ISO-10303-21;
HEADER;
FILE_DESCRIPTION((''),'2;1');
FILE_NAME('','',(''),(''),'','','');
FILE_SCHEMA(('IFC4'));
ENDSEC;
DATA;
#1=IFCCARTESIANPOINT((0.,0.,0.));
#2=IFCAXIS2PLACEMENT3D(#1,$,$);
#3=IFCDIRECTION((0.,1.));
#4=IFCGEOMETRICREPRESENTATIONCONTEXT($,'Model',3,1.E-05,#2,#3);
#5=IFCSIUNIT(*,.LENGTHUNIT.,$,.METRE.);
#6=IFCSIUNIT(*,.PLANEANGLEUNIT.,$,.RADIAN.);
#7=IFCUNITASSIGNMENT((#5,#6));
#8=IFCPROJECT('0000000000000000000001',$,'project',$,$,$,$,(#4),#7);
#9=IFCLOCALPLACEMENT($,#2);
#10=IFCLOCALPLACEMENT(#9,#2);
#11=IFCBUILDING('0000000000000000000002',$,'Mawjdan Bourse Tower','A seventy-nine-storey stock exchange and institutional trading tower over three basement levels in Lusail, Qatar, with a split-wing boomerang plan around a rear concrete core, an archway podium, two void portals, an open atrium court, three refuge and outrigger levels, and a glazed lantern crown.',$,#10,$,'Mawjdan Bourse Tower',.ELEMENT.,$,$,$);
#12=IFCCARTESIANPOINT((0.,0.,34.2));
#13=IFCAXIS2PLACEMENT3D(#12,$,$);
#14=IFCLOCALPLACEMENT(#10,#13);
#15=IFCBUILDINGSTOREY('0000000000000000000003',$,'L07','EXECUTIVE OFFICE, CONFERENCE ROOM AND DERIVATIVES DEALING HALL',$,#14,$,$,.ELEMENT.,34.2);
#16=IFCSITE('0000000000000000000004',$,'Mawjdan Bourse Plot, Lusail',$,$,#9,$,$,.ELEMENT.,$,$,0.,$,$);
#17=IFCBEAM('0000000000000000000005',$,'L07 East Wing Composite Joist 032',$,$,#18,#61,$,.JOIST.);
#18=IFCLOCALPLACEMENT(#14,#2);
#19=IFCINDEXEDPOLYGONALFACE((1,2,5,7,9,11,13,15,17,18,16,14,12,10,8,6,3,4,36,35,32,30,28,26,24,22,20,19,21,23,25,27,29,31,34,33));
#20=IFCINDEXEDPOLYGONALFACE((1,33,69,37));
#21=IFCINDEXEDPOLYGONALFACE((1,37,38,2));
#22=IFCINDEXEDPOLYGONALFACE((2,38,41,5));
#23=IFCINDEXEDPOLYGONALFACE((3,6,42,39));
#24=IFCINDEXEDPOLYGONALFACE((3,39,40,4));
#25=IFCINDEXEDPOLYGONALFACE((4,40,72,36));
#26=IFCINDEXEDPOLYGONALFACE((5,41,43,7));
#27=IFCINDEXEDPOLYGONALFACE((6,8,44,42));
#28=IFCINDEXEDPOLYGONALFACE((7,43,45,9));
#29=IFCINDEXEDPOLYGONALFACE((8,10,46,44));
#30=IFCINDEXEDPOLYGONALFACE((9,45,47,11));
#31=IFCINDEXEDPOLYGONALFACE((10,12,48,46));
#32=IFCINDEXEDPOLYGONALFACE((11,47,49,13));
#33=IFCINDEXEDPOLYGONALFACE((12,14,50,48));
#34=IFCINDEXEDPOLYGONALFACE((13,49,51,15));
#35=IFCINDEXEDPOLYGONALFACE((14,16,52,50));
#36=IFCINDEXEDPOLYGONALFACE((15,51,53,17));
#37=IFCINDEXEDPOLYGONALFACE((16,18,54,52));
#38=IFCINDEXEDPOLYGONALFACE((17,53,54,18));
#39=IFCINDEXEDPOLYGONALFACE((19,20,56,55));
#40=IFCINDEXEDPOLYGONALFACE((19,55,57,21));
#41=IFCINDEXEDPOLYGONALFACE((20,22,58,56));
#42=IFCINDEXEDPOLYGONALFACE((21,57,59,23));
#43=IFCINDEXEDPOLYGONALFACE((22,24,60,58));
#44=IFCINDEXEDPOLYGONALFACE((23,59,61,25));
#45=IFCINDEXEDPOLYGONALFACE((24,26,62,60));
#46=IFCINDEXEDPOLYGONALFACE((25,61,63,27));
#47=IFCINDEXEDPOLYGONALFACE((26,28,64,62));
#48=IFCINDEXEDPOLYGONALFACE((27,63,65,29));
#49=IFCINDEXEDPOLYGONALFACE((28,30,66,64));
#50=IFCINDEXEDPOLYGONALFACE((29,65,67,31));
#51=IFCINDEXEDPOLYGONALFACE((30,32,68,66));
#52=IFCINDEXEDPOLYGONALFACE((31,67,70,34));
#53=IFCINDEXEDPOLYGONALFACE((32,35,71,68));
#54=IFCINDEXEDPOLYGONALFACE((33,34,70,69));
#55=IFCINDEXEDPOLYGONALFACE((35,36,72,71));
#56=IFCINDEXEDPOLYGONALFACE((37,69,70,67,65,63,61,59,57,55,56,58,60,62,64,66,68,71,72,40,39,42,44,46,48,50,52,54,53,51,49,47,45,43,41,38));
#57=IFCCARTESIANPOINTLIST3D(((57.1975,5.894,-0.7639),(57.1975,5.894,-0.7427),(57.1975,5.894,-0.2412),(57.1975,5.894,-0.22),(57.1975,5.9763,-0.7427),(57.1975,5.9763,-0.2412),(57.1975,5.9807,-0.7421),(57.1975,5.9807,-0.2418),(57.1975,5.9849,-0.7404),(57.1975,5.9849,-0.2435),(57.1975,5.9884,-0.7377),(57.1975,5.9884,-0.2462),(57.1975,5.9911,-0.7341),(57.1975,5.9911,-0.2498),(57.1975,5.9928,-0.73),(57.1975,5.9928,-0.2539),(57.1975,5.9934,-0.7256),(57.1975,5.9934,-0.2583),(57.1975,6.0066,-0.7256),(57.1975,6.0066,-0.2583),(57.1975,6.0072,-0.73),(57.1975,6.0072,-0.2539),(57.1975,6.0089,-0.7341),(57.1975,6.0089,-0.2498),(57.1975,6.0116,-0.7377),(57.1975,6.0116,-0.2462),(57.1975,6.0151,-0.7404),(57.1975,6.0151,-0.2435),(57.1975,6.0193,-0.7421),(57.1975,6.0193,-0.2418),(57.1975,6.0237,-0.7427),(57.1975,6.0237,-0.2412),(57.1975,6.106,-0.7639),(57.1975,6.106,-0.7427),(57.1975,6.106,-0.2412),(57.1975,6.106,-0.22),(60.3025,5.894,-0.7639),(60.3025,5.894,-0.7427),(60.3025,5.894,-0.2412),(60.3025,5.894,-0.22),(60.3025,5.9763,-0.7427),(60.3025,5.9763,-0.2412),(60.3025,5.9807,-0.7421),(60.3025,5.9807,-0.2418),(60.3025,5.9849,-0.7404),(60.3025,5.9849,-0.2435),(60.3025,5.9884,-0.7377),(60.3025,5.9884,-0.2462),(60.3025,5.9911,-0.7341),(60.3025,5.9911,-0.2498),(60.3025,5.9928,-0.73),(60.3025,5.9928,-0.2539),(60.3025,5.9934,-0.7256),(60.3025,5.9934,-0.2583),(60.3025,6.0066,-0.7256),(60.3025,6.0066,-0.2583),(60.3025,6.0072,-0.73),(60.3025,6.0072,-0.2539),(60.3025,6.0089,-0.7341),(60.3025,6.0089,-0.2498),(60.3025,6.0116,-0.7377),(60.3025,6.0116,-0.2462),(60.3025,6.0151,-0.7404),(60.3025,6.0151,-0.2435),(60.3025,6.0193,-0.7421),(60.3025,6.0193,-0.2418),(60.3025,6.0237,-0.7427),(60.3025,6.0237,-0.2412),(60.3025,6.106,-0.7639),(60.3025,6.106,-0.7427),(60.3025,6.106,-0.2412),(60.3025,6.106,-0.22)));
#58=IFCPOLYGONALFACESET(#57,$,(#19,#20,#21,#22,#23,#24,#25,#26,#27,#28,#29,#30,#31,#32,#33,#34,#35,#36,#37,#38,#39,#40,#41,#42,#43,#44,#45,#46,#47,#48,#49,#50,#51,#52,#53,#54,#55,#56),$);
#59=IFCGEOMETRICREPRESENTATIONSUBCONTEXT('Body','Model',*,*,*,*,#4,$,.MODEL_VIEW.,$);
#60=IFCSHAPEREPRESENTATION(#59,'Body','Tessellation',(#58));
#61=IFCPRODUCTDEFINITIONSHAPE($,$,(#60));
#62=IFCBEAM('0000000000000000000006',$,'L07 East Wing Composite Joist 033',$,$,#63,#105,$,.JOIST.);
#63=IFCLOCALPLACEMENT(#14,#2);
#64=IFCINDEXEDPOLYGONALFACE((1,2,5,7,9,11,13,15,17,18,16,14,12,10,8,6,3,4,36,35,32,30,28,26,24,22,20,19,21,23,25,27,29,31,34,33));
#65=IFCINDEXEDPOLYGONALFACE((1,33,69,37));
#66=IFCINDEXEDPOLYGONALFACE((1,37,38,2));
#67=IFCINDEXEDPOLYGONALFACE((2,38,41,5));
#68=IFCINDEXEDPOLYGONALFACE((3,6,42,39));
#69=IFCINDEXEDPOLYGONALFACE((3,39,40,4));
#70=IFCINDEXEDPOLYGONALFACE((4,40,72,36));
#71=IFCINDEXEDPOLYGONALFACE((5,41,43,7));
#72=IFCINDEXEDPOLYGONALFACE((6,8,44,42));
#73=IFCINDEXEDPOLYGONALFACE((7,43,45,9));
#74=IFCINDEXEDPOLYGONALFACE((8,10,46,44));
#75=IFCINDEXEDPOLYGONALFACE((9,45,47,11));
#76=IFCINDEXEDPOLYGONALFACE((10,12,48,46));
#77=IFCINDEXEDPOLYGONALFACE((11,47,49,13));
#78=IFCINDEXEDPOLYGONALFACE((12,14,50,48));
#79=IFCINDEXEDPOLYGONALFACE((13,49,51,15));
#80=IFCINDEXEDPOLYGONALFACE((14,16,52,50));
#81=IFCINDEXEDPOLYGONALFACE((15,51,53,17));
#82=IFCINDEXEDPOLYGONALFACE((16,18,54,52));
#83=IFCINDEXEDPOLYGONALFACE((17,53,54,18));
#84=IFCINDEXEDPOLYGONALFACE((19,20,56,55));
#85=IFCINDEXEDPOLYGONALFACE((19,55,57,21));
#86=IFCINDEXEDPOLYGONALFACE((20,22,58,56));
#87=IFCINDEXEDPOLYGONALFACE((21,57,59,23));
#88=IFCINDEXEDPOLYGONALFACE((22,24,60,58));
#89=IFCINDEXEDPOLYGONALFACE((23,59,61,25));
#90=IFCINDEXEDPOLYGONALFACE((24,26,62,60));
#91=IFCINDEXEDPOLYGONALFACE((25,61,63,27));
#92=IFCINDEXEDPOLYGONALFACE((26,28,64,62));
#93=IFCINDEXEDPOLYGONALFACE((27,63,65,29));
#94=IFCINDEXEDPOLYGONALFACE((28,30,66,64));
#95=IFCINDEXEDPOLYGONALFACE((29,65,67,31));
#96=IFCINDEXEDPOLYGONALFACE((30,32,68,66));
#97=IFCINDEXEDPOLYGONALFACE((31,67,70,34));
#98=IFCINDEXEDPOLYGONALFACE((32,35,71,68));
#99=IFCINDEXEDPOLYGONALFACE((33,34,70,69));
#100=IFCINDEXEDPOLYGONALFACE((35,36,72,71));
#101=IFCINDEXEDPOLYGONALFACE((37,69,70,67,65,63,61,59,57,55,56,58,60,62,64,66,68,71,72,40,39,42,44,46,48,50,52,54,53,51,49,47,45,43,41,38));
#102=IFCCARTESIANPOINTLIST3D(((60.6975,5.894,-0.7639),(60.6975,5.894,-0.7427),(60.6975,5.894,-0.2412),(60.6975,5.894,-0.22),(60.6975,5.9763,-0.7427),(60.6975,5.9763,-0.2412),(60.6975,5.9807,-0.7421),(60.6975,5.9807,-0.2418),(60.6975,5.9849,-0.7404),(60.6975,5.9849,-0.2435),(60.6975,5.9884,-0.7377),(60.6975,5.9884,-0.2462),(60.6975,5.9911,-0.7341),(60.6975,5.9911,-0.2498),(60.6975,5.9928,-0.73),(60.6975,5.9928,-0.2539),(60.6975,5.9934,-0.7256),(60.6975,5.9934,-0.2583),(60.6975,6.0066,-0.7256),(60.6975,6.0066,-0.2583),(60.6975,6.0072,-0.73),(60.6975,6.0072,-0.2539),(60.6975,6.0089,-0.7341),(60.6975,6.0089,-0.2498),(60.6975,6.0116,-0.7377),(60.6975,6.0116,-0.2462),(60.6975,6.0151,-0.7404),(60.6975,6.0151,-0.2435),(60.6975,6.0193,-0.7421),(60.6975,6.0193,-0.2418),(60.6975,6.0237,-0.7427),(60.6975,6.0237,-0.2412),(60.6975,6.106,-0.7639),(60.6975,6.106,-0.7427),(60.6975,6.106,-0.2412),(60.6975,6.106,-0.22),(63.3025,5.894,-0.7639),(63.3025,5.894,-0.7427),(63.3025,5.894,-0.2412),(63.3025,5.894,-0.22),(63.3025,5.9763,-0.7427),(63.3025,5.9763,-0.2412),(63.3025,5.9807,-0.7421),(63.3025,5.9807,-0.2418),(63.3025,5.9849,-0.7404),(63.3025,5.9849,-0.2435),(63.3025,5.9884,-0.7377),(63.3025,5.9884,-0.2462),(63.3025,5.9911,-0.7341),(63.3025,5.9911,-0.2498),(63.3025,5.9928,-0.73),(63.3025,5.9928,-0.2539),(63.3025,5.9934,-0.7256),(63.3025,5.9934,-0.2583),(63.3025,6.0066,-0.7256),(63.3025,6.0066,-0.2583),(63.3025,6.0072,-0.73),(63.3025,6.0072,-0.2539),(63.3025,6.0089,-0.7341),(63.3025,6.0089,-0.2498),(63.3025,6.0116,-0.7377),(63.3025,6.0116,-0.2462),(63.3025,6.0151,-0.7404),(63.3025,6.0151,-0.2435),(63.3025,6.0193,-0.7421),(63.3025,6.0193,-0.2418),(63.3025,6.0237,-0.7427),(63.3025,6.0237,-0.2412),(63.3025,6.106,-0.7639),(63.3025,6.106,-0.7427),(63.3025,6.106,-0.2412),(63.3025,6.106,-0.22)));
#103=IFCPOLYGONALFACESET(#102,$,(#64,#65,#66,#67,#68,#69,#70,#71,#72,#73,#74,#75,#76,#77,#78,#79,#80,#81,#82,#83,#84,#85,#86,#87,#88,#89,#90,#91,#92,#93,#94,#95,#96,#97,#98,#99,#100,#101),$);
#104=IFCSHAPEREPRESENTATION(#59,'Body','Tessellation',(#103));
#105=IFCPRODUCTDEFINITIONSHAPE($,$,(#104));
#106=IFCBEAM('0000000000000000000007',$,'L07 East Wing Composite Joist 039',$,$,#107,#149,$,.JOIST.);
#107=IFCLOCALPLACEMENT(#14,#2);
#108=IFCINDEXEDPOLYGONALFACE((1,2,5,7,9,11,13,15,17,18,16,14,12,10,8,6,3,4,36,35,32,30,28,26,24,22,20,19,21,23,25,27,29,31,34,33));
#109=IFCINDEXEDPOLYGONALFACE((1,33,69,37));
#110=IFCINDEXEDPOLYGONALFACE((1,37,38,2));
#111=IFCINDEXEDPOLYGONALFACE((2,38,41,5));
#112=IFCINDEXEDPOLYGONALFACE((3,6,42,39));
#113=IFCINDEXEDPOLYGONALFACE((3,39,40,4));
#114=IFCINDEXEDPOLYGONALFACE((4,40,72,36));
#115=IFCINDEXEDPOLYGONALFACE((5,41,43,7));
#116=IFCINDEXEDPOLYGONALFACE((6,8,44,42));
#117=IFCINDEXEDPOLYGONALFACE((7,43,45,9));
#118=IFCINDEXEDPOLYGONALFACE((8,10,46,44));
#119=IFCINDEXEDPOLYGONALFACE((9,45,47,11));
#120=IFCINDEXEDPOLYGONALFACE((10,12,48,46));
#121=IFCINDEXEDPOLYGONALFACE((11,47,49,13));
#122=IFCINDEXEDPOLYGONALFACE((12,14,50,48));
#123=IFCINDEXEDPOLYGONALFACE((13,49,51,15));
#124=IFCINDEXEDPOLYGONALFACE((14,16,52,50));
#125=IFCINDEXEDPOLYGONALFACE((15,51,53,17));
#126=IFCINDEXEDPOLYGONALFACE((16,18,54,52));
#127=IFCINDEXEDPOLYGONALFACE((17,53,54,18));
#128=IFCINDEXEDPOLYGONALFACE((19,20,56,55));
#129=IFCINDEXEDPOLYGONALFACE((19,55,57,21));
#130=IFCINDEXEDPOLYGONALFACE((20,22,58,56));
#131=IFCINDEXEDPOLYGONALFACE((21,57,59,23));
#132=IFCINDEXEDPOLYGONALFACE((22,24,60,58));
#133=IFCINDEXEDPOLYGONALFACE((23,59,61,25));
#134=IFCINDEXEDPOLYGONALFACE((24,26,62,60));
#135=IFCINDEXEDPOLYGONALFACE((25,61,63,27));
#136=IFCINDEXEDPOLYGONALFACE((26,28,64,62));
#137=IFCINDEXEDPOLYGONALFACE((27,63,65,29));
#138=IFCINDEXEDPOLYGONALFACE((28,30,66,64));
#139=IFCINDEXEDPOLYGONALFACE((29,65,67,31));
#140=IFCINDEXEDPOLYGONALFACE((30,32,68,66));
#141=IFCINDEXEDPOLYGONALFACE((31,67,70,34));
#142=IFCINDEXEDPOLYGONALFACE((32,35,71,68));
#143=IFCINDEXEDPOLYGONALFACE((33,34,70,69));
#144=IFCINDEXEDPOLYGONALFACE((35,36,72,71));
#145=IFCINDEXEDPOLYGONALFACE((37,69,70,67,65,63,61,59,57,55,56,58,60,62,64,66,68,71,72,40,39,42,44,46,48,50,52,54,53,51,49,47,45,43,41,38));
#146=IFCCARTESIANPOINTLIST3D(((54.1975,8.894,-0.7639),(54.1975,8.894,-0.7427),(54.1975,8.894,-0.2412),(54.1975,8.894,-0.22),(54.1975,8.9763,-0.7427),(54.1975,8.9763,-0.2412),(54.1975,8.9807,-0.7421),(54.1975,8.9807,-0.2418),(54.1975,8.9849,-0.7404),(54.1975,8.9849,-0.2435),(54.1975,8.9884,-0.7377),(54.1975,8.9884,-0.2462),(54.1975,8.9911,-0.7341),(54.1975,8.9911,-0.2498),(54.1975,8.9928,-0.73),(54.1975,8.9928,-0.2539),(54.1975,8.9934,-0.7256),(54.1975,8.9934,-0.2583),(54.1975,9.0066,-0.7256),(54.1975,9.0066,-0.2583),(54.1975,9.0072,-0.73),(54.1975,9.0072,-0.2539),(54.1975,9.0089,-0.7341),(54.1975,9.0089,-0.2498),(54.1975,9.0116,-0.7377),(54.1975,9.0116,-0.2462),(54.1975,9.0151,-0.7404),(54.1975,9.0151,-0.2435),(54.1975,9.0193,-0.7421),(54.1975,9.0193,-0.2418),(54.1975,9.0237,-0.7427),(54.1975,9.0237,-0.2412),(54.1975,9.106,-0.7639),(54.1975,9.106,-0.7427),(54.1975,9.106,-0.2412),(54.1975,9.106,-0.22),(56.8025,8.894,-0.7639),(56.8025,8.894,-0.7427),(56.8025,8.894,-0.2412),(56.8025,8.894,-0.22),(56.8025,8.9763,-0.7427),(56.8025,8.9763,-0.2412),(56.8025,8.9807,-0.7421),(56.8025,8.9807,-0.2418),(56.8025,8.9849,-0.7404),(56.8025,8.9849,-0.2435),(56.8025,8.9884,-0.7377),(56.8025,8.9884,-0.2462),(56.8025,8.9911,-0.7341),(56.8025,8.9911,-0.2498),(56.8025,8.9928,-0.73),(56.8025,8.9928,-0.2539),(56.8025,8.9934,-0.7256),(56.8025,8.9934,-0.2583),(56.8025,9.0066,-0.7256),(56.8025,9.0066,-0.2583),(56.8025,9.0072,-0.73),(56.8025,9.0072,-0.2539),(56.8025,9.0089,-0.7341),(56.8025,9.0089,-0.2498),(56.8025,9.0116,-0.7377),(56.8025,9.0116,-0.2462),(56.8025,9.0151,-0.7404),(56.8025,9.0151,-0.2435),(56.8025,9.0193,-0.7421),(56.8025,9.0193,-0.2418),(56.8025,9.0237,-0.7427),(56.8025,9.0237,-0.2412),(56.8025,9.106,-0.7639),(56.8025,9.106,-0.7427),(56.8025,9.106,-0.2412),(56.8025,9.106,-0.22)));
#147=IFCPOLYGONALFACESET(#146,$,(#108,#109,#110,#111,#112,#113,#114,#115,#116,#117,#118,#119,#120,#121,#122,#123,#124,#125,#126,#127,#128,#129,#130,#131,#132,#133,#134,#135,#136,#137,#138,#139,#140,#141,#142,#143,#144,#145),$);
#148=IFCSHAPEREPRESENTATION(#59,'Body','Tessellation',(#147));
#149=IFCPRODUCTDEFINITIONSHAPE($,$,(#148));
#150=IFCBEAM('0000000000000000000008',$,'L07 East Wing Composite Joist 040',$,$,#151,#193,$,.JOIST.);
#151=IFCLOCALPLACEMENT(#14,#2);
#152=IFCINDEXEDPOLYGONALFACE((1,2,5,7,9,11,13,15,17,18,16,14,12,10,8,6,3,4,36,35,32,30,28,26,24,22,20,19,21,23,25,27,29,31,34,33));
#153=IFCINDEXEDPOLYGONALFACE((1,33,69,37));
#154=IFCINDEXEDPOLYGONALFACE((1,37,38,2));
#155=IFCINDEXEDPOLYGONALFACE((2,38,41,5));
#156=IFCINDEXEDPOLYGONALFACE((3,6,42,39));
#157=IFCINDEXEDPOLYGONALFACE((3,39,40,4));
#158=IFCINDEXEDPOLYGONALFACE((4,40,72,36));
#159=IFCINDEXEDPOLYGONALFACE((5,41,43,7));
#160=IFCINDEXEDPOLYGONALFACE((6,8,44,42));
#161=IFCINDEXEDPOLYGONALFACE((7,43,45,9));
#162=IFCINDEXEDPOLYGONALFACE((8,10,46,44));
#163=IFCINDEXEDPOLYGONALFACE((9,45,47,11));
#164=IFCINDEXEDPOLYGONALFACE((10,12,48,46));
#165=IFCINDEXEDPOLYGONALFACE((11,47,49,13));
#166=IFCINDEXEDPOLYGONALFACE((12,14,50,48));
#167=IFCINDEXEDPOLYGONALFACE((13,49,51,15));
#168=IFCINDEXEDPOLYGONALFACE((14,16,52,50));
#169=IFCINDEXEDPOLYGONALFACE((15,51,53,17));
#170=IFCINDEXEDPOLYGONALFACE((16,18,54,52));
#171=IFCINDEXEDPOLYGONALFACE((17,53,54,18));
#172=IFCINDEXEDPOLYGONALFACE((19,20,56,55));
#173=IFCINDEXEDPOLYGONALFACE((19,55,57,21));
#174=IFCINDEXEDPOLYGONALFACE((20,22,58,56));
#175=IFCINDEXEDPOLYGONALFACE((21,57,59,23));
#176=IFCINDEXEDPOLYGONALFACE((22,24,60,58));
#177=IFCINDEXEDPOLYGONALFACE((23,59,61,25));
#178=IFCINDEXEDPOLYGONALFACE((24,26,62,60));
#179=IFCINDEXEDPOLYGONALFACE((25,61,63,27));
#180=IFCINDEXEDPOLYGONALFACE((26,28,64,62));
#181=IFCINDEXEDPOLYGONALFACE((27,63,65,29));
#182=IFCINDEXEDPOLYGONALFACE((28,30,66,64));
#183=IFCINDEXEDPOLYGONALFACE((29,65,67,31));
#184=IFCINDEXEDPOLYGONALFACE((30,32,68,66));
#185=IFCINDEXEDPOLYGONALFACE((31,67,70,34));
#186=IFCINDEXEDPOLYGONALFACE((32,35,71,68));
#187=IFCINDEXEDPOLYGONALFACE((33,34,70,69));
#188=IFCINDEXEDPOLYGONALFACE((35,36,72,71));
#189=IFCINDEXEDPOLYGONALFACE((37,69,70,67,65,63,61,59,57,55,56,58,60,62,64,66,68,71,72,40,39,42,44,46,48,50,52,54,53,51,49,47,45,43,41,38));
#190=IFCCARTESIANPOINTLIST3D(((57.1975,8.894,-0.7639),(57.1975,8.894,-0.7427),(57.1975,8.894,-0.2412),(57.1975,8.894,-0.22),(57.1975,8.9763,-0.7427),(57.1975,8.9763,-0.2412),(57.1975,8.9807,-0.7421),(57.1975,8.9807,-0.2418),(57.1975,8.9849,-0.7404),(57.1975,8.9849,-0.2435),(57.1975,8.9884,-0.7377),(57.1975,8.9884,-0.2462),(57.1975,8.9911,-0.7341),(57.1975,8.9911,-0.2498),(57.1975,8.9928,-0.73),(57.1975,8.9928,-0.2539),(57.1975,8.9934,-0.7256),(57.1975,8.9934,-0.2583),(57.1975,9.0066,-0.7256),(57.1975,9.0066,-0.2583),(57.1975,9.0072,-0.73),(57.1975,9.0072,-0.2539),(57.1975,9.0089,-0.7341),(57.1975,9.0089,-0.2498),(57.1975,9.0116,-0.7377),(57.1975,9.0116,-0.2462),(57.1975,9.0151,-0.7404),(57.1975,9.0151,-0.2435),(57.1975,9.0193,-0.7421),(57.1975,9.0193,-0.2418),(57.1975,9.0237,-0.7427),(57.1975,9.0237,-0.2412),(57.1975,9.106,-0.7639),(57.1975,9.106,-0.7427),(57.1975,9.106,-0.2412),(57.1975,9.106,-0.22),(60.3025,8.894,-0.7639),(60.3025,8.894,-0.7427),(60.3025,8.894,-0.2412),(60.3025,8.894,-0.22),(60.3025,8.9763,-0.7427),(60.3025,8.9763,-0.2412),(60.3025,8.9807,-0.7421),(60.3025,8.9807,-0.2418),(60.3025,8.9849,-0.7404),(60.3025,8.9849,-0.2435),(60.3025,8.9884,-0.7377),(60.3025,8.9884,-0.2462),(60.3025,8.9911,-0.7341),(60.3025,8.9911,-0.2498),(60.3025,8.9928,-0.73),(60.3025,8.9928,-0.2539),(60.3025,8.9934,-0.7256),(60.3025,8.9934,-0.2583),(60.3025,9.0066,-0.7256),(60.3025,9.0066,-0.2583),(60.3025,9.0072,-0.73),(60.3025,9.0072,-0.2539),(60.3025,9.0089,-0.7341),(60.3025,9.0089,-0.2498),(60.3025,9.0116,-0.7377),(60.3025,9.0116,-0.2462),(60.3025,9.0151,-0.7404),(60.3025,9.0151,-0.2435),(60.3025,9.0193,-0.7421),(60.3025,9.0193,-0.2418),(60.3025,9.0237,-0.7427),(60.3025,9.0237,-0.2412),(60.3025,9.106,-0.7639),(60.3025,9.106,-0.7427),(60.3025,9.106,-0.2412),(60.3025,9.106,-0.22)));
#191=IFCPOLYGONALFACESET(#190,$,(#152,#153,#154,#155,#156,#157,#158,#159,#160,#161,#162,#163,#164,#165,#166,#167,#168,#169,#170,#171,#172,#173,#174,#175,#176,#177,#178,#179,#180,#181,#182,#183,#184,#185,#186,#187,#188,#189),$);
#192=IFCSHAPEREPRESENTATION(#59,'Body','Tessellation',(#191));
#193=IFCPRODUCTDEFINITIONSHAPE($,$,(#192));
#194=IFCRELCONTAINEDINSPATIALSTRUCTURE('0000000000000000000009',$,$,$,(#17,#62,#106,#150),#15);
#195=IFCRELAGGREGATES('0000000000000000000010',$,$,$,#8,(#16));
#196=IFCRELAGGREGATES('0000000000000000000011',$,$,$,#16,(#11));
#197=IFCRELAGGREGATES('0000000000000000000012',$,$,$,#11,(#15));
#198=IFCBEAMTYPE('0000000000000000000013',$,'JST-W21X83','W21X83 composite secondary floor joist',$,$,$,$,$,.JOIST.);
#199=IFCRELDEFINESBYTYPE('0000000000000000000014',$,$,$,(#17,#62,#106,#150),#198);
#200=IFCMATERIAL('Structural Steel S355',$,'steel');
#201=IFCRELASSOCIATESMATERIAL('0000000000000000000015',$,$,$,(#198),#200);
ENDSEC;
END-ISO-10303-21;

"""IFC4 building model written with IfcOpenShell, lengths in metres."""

from ifc_helpers import new_model, si_unit, direction, frame, origin, origin_2d, place, context, subcontext, project, spatial, i_section, extrude, material, material_profile, profile_set, type_object, element, save


model = new_model("IFC4")

# Units and contexts
model_context = context("Model", 3, precision=1e-05, world=origin(), true_north=direction((0.0, 1.0)))
body_context = subcontext(model_context, "Body", "Model", "MODEL_VIEW")
ifc_project = project(units=[si_unit("LENGTHUNIT", "METRE"), si_unit("PLANEANGLEUNIT", "RADIAN")], contexts=[model_context])

# Site, building, storey
site_placement = place(None, origin())
site = spatial("IfcSite", under=ifc_project, at=site_placement, Name="Mawjdan Bourse Plot, Lusail", CompositionType="ELEMENT", RefElevation=0.0)
building_placement = place(site_placement, origin())
building = spatial("IfcBuilding", under=site, at=building_placement, Name="Mawjdan Bourse Tower", Description="A seventy-nine-storey stock exchange and institutional trading tower over three basement levels in Lusail, Qatar, with a split-wing boomerang plan around a rear concrete core, an archway podium, two void portals, an open atrium court, three refuge and outrigger levels, and a glazed lantern crown.", LongName="Mawjdan Bourse Tower", CompositionType="ELEMENT")
storey_placement = place(building_placement, frame((0.0, 0.0, 34.2)))
storey = spatial("IfcBuildingStorey", under=building, at=storey_placement, Name="L07", Description="EXECUTIVE OFFICE, CONFERENCE ROOM AND DERIVATIVES DEALING HALL", CompositionType="ELEMENT", Elevation=34.2)

# Beams
ifc_material_1 = material(Name="Structural Steel S355", Category="steel")
ifc_material_profile_1 = material_profile(ifc_material_1, i_section(OverallWidth=0.2119, OverallDepth=0.5439, WebThickness=0.0132, FlangeThickness=0.0212, FilletRadius=0.0171, at=origin_2d()), Name="W21X83")
ifc_profile_set_1 = profile_set([ifc_material_profile_1], Name="Structural Steel S355")
beam_type_1 = type_object("IfcBeamType", Name="JST-W21X83", Description="W21X83 composite secondary floor joist", PredefinedType="JOIST", material=ifc_profile_set_1)
beam_1_placement = place(storey_placement, frame((57.1975, 6.0, -0.4919), z_axis=(1.0, 0.0, 0.0), x_axis=(0.0, 1.0, 0.0)))
element("IfcBeam", 1, at=beam_1_placement, inside=storey, type_object=beam_type_1, Name="L07 East Wing Composite Joist 032", PredefinedType="JOIST", context=body_context, shape_type="SweptSolid", body=[
    extrude(i_section(OverallWidth=0.2119, OverallDepth=0.5439, WebThickness=0.0132, FlangeThickness=0.0212, FilletRadius=0.0171, at=origin_2d()), origin(), (0.0, 0.0, 1.0), 3.105),
])
for number, where, z_axis, x_axis, name in (
    (2, (60.6975, 6.0, -0.4919), (1.0, 0.0, 0.0), (0.0, 1.0, 0.0), "L07 East Wing Composite Joist 033"),
    (3, (54.1975, 9.0, -0.4919), (1.0, 0.0, 0.0), (0.0, 1.0, 0.0), "L07 East Wing Composite Joist 039"),
):
    element("IfcBeam", number, at=place(storey_placement, frame(where, z_axis=z_axis, x_axis=x_axis)), inside=storey, type_object=beam_type_1, Name=name, PredefinedType="JOIST", context=body_context, shape_type="SweptSolid", body=[
        extrude(i_section(OverallWidth=0.2119, OverallDepth=0.5439, WebThickness=0.0132, FlangeThickness=0.0212, FilletRadius=0.0171, at=origin_2d()), origin(), (0.0, 0.0, 1.0), 2.605),
    ])
beam_2_placement = place(storey_placement, frame((57.1975, 9.0, -0.4919), z_axis=(1.0, 0.0, 0.0), x_axis=(0.0, 1.0, 0.0)))
element("IfcBeam", 4, at=beam_2_placement, inside=storey, type_object=beam_type_1, Name="L07 East Wing Composite Joist 040", PredefinedType="JOIST", context=body_context, shape_type="SweptSolid", body=[
    extrude(i_section(OverallWidth=0.2119, OverallDepth=0.5439, WebThickness=0.0132, FlangeThickness=0.0212, FilletRadius=0.0171, at=origin_2d()), origin(), (0.0, 0.0, 1.0), 3.105),
])

save(model, "model.ifc")
